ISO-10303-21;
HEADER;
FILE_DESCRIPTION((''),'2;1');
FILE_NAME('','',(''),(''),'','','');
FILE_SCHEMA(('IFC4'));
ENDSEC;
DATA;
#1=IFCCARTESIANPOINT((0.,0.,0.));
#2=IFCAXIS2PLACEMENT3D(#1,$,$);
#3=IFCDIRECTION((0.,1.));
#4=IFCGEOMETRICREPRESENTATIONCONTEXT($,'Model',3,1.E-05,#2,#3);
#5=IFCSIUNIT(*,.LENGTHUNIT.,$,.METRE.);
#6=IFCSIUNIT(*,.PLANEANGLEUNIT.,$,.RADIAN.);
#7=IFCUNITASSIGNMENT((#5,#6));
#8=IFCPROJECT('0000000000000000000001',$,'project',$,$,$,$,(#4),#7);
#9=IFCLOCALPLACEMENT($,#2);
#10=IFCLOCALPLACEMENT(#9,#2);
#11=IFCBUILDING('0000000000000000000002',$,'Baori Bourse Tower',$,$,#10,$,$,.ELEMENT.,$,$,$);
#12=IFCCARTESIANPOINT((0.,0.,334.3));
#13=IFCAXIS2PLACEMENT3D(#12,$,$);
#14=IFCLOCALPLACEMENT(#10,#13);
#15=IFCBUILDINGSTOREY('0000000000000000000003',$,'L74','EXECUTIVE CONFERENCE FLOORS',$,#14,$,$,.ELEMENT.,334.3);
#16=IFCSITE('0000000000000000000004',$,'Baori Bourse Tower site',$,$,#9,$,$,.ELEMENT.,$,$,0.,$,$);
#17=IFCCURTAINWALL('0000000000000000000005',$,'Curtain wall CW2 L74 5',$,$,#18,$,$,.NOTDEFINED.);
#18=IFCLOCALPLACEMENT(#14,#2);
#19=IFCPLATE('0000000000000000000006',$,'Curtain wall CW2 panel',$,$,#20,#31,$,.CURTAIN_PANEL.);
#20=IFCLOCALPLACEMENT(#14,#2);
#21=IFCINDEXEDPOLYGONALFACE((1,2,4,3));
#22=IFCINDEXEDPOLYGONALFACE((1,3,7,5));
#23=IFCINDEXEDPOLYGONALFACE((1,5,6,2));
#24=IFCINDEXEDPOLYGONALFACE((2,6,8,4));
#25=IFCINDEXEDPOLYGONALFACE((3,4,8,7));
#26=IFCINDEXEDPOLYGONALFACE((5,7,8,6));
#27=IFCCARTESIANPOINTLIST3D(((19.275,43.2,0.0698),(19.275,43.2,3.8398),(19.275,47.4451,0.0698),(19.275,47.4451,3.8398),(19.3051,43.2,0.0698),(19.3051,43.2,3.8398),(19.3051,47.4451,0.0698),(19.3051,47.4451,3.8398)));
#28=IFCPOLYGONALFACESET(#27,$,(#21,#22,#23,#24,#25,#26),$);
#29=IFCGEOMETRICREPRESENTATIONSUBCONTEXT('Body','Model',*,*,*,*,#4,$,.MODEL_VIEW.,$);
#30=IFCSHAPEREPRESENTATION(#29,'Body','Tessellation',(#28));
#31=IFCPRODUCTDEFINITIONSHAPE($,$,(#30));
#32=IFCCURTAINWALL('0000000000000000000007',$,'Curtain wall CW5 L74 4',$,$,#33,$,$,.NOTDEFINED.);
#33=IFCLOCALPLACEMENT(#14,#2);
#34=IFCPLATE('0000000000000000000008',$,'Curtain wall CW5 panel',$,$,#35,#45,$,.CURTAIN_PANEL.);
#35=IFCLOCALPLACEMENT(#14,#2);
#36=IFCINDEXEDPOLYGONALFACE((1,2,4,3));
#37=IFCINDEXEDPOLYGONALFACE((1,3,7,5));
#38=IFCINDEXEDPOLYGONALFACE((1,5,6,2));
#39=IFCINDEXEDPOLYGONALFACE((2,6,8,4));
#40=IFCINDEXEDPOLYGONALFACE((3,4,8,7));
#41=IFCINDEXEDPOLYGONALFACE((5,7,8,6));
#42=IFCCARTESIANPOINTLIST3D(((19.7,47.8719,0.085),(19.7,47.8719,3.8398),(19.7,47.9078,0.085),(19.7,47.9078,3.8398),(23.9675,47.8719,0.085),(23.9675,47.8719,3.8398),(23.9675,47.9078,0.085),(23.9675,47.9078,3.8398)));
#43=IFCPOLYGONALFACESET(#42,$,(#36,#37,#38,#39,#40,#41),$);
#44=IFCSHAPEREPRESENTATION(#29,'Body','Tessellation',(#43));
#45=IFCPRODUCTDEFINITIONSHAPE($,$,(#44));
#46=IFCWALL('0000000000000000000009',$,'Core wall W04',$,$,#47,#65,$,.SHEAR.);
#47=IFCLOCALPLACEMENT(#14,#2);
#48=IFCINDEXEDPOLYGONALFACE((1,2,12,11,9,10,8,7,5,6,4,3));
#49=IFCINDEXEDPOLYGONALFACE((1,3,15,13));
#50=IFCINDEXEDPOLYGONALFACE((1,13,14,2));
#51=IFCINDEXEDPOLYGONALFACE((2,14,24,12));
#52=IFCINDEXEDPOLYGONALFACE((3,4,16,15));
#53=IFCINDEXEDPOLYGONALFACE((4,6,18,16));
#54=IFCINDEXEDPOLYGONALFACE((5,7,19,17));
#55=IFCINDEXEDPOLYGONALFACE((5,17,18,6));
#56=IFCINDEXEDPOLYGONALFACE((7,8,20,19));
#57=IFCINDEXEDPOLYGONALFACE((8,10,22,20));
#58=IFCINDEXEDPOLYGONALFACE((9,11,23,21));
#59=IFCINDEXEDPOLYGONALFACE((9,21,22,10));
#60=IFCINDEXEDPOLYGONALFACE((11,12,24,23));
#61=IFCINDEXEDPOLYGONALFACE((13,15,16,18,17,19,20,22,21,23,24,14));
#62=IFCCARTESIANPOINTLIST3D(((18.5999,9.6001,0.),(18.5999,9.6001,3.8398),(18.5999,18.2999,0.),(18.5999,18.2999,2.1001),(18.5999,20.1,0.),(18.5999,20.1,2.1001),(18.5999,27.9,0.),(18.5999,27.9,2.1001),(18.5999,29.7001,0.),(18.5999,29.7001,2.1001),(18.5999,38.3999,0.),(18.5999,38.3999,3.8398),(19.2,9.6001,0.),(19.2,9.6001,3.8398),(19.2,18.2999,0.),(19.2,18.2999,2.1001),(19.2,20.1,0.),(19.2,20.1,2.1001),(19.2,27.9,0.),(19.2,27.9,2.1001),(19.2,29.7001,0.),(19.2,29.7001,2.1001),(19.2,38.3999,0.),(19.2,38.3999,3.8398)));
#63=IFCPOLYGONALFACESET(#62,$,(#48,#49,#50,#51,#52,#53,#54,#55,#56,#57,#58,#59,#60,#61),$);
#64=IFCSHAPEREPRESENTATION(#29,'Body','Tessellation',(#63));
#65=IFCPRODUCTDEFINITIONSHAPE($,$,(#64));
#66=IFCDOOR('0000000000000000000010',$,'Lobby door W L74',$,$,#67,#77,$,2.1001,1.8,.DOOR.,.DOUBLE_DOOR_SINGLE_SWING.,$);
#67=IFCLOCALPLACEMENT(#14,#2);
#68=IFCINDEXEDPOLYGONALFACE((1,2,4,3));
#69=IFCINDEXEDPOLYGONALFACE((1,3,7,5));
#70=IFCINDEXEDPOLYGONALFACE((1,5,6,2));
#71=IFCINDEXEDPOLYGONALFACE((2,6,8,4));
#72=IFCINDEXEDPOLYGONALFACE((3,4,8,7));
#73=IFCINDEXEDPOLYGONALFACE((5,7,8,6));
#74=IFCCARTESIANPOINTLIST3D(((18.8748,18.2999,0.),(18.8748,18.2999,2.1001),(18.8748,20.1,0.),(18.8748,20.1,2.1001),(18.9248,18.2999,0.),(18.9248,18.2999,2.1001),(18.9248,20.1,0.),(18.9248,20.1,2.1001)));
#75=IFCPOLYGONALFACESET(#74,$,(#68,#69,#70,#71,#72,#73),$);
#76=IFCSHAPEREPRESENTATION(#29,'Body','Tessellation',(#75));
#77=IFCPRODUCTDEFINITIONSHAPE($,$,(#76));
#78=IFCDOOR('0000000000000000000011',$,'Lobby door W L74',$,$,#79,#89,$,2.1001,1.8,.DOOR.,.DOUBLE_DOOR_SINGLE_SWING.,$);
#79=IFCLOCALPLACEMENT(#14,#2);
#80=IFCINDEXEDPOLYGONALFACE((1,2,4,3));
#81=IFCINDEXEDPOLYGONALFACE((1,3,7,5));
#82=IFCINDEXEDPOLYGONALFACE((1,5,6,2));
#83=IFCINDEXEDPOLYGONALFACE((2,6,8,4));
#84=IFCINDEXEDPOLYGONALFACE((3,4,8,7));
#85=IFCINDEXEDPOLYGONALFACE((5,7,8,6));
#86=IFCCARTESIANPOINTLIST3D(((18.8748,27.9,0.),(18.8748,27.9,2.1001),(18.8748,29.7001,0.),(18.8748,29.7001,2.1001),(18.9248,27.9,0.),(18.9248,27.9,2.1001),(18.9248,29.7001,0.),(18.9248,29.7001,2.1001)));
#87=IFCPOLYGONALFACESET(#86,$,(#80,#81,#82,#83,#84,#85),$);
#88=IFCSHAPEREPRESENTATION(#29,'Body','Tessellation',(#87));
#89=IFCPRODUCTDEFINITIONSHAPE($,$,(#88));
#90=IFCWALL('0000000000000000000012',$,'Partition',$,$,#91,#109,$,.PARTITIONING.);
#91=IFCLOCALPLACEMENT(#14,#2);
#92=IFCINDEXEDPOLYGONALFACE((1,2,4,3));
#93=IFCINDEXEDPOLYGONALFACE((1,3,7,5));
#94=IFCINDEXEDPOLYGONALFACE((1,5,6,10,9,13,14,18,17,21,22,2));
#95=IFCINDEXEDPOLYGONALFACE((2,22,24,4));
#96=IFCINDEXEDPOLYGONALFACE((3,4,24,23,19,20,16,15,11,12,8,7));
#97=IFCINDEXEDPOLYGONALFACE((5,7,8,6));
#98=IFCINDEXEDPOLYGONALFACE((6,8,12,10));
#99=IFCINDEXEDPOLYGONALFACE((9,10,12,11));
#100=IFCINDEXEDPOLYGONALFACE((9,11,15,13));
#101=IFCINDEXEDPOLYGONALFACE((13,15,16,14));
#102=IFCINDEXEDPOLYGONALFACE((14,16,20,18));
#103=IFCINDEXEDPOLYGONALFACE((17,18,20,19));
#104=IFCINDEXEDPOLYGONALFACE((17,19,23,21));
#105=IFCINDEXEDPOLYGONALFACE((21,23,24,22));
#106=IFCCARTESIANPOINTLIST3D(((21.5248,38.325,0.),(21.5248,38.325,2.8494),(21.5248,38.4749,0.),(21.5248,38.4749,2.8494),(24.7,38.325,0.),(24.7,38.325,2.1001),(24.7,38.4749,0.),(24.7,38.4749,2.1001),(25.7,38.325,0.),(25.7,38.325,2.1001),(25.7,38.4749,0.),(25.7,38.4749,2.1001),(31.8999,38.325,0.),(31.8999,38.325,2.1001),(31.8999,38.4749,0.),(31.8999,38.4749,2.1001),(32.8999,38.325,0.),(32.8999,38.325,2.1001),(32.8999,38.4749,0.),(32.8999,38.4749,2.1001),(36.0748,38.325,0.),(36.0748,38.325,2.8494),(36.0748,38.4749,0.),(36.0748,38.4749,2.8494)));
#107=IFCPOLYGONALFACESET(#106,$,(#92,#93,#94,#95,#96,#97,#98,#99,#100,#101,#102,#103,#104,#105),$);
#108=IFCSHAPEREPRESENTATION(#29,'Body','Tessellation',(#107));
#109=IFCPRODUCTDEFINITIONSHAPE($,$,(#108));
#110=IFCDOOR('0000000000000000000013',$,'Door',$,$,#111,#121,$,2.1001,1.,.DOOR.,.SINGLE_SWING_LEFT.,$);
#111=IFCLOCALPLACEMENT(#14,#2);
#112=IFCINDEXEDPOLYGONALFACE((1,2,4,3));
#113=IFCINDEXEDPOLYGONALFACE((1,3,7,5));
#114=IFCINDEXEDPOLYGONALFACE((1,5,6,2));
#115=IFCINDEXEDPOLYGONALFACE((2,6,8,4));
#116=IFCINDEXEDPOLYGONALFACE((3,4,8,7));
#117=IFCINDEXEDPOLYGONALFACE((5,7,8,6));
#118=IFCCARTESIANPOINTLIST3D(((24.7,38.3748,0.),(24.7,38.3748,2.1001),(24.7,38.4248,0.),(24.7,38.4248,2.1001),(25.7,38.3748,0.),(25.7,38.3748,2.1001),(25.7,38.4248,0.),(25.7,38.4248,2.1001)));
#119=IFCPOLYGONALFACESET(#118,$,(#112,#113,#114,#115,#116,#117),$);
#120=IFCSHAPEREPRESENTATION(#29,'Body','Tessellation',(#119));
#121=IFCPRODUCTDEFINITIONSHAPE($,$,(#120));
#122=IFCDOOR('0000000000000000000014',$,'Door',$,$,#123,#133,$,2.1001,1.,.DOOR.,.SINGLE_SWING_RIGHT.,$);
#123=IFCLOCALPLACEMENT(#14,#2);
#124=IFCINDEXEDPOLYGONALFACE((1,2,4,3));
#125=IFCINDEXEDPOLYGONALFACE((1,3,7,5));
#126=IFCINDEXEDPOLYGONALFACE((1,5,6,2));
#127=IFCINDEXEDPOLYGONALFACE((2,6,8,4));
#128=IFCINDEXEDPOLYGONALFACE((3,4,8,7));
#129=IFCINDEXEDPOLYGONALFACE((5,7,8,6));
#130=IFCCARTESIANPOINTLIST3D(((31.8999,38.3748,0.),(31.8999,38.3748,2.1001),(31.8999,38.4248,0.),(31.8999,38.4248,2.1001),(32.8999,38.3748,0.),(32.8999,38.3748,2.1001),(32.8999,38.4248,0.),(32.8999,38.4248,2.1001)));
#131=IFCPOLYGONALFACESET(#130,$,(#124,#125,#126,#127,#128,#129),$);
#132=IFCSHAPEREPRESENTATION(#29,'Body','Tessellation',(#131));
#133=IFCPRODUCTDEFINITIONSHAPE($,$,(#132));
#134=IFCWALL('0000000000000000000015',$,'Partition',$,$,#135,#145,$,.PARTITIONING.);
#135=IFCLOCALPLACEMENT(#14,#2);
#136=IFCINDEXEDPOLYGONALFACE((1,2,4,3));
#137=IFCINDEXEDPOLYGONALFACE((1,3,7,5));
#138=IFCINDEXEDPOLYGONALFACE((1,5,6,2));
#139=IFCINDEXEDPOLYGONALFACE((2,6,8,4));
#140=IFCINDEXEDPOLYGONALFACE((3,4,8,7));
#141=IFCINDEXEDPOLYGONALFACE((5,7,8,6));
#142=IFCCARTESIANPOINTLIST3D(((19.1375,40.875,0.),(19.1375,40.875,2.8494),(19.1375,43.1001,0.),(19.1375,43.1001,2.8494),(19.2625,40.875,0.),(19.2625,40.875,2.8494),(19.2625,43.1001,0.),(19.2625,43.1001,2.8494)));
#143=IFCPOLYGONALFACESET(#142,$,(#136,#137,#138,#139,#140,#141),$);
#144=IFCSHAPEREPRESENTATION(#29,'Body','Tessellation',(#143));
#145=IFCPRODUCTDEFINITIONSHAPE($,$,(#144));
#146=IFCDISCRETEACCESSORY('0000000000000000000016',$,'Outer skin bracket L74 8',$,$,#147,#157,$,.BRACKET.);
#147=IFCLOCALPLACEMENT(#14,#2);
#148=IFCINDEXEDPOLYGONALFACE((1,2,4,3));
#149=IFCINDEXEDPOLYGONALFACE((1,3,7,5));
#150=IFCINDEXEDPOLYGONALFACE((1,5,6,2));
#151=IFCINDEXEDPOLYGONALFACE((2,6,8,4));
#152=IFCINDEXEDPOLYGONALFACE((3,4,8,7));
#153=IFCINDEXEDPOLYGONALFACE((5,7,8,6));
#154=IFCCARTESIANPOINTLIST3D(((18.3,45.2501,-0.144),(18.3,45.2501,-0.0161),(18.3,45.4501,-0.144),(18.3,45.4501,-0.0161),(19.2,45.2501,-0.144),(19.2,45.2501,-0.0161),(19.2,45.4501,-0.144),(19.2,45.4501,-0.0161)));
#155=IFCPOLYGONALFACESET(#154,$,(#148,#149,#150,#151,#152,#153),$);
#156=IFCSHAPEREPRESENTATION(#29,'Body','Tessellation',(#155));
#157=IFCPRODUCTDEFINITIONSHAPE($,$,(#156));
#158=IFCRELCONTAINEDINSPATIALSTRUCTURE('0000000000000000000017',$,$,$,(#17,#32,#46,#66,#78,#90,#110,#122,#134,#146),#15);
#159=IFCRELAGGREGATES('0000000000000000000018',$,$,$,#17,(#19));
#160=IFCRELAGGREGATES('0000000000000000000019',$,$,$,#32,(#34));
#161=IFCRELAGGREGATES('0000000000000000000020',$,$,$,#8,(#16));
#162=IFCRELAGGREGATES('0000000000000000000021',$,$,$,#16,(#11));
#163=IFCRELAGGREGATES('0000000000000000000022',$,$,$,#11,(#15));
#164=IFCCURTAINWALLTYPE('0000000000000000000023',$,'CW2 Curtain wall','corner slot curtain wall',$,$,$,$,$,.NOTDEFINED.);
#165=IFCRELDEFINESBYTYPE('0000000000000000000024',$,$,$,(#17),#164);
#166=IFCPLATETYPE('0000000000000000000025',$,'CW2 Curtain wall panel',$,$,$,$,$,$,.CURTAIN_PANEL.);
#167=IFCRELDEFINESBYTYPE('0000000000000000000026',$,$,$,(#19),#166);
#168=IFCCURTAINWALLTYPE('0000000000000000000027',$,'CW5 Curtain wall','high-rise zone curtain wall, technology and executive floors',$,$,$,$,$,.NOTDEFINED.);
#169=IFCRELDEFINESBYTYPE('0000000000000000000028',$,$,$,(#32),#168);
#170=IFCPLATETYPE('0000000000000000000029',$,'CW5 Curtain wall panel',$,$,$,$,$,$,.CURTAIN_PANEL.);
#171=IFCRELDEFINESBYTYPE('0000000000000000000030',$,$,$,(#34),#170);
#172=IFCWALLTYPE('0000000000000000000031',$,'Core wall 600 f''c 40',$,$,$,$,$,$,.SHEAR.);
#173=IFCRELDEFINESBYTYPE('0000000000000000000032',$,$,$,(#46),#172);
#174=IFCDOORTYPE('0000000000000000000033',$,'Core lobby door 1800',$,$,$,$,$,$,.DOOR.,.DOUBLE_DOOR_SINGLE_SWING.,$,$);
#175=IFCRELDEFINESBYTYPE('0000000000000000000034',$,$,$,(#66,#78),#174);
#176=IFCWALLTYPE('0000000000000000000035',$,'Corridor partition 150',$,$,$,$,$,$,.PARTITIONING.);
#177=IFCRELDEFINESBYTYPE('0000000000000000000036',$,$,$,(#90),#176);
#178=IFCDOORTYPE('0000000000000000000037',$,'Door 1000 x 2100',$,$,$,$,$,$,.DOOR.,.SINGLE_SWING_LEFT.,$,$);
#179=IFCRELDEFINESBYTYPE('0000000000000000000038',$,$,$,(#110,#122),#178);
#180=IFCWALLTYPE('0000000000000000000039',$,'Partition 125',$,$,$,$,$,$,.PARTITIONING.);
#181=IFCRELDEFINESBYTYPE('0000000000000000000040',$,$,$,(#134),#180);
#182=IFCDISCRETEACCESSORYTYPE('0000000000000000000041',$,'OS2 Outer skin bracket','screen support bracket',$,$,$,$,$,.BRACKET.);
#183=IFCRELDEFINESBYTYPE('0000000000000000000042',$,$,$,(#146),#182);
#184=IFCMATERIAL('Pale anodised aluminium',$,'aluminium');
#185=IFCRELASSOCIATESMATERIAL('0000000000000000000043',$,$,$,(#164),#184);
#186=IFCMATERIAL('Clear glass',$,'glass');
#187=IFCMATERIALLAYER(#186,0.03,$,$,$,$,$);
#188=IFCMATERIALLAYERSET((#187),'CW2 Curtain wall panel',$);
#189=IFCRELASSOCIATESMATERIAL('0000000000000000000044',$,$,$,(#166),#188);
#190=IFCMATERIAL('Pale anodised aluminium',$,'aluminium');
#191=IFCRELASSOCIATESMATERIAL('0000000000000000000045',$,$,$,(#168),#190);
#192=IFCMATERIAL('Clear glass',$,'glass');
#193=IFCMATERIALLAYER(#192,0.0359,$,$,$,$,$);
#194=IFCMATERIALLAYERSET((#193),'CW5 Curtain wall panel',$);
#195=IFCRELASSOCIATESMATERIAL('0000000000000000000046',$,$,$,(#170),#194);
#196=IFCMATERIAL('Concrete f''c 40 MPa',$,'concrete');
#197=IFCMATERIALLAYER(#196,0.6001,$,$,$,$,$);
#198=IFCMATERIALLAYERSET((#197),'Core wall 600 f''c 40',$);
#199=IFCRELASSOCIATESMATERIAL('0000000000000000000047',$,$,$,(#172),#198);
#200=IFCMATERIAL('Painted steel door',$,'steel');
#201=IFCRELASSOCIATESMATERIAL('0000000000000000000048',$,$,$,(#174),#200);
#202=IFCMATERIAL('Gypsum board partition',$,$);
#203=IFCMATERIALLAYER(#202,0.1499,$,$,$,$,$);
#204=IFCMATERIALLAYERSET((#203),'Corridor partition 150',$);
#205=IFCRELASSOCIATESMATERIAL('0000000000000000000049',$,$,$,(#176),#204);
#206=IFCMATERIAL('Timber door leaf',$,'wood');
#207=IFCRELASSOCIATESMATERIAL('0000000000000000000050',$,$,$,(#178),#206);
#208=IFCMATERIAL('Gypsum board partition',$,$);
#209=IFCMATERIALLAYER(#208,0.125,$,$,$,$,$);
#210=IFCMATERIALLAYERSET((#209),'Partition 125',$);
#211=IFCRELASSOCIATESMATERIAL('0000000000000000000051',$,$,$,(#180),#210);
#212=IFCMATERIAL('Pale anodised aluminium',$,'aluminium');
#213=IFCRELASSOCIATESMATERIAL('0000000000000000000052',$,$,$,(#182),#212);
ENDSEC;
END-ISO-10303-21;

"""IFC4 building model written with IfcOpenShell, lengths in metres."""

from ifc_helpers import new_model, si_unit, direction, frame, frame_2d, origin, origin_2d, place, context, subcontext, project, spatial, rectangle, extrude, material, layer, layer_set, type_object, element, fill, aggregate, save


model = new_model("IFC4")

# Units and contexts
model_context = context("Model", 3, precision=1e-05, world=origin(), true_north=direction((0.0, 1.0)))
body_context = subcontext(model_context, "Body", "Model", "MODEL_VIEW")
ifc_project = project(units=[si_unit("LENGTHUNIT", "METRE"), si_unit("PLANEANGLEUNIT", "RADIAN")], contexts=[model_context])

# Site, building, storey
site_placement = place(None, origin())
site = spatial("IfcSite", under=ifc_project, at=site_placement, Name="Baori Bourse Tower site", CompositionType="ELEMENT", RefElevation=0.0)
building_placement = place(site_placement, origin())
building = spatial("IfcBuilding", under=site, at=building_placement, Name="Baori Bourse Tower", CompositionType="ELEMENT")
storey_placement = place(building_placement, frame((0.0, 0.0, 334.3)))
storey = spatial("IfcBuildingStorey", under=building, at=storey_placement, Name="L74", Description="EXECUTIVE CONFERENCE FLOORS", CompositionType="ELEMENT", Elevation=334.3)

# Curtain wall
ifc_material_1 = material(Name="Pale anodised aluminium", Category="aluminium")
curtain_wall_type_1 = type_object("IfcCurtainWallType", Name="CW2 Curtain wall", Description="corner slot curtain wall", PredefinedType="NOTDEFINED", material=ifc_material_1)
curtain_wall_1_placement = place(storey_placement, origin())
curtain_wall_1 = element("IfcCurtainWall", 1, at=curtain_wall_1_placement, inside=storey, type_object=curtain_wall_type_1, Name="Curtain wall CW2 L74 5", PredefinedType="NOTDEFINED")

# Plate
ifc_material_2 = material(Name="Clear glass", Category="glass")
ifc_layer_1 = layer(ifc_material_2, 0.03)
ifc_layer_set_1 = layer_set([ifc_layer_1], Name="CW2 Curtain wall panel")
plate_type_1 = type_object("IfcPlateType", Name="CW2 Curtain wall panel", PredefinedType="CURTAIN_PANEL", material=ifc_layer_set_1)
plate_1_placement = place(storey_placement, frame((19.29, 45.3225, 0.0698), z_axis=(0.0, 0.0, 1.0), x_axis=(0.0, -1.0, 0.0)))
plate_1 = element("IfcPlate", 2, at=plate_1_placement, type_object=plate_type_1, Name="Curtain wall CW2 panel", PredefinedType="CURTAIN_PANEL", context=body_context, shape_type="SweptSolid", body=[
    extrude(rectangle(XDim=4.2451, YDim=0.03, at=origin_2d()), origin(), (0.0, 0.0, 1.0), 3.77),
])
aggregate(curtain_wall_1, [plate_1])

# Curtain wall, plate
ifc_material_3 = material(Name="Pale anodised aluminium", Category="aluminium")
curtain_wall_type_2 = type_object("IfcCurtainWallType", Name="CW5 Curtain wall", Description="high-rise zone curtain wall, technology and executive floors", PredefinedType="NOTDEFINED", material=ifc_material_3)
curtain_wall_2_placement = place(storey_placement, origin())
curtain_wall_2 = element("IfcCurtainWall", 3, at=curtain_wall_2_placement, inside=storey, type_object=curtain_wall_type_2, Name="Curtain wall CW5 L74 4", PredefinedType="NOTDEFINED")
ifc_material_4 = material(Name="Clear glass", Category="glass")
ifc_layer_2 = layer(ifc_material_4, 0.0359)
ifc_layer_set_2 = layer_set([ifc_layer_2], Name="CW5 Curtain wall panel")
plate_type_2 = type_object("IfcPlateType", Name="CW5 Curtain wall panel", PredefinedType="CURTAIN_PANEL", material=ifc_layer_set_2)
plate_2_placement = place(storey_placement, frame((21.8337, 47.8899, 0.085), z_axis=(0.0, 0.0, 1.0), x_axis=(-1.0, 0.0, 0.0)))
plate_2 = element("IfcPlate", 4, at=plate_2_placement, type_object=plate_type_2, Name="Curtain wall CW5 panel", PredefinedType="CURTAIN_PANEL", context=body_context, shape_type="SweptSolid", body=[
    extrude(rectangle(XDim=4.2676, YDim=0.0359, at=origin_2d()), origin(), (0.0, 0.0, 1.0), 3.7549),
])
aggregate(curtain_wall_2, [plate_2])

# Walls, openings, doors
ifc_material_5 = material(Name="Concrete f'c 40 MPa", Category="concrete")
ifc_layer_3 = layer(ifc_material_5, 0.6001)
ifc_layer_set_3 = layer_set([ifc_layer_3], Name="Core wall 600 f'c 40")
wall_type_1 = type_object("IfcWallType", Name="Core wall 600 f'c 40", PredefinedType="SHEAR", material=ifc_layer_set_3)
wall_1_placement = place(storey_placement, frame((18.8999, 38.3999, 0.0), z_axis=(0.0, 0.0, 1.0), x_axis=(0.0, -1.0, 0.0)))
wall_1 = element("IfcWall", 5, at=wall_1_placement, inside=storey, type_object=wall_type_1, Name="Core wall W04", PredefinedType="SHEAR", context=body_context, shape_type="SweptSolid", body=[
    extrude(rectangle(XDim=28.7998, YDim=0.6001, at=frame_2d((14.3999, 0.0))), origin(), (0.0, 0.0, 1.0), 3.8398),
])
opening_1_placement = place(wall_1_placement, frame((18.3, 0.0, 0.0)))
opening_1 = element("IfcOpeningElement", 6, at=opening_1_placement, cuts=wall_1, PredefinedType="OPENING", context=body_context, shape_type="SweptSolid", body=[
    extrude(rectangle(XDim=1.8, YDim=2.1001, at=frame_2d((0.8999, 1.05))), frame((0.0, 0.3101, 0.0), z_axis=(0.0, -1.0, 0.0), x_axis=(1.0, 0.0, 0.0)), (0.0, 0.0, 1.0), 0.6201),
])
opening_2_placement = place(wall_1_placement, frame((8.7, 0.0, 0.0)))
opening_2 = element("IfcOpeningElement", 7, at=opening_2_placement, cuts=wall_1, PredefinedType="OPENING", context=body_context, shape_type="SweptSolid", body=[
    extrude(rectangle(XDim=1.8, YDim=2.1001, at=frame_2d((0.8999, 1.05))), frame((0.0, 0.3101, 0.0), z_axis=(0.0, -1.0, 0.0), x_axis=(1.0, 0.0, 0.0)), (0.0, 0.0, 1.0), 0.6201),
])
ifc_material_6 = material(Name="Painted steel door", Category="steel")
door_type_1 = type_object("IfcDoorType", Name="Core lobby door 1800", OperationType="DOUBLE_DOOR_SINGLE_SWING", PredefinedType="DOOR", material=ifc_material_6)
door_1_placement = place(opening_1_placement, origin())
door_1 = element("IfcDoor", 8, at=door_1_placement, inside=storey, type_object=door_type_1, Name="Lobby door W L74", OperationType="DOUBLE_DOOR_SINGLE_SWING", OverallHeight=2.1001, OverallWidth=1.8, PredefinedType="DOOR", context=body_context, shape_type="SweptSolid", body=[
    extrude(rectangle(XDim=1.8, YDim=2.1001, at=frame_2d((0.8999, 1.05))), frame((0.0, 0.0249, 0.0), z_axis=(0.0, -1.0, 0.0), x_axis=(1.0, 0.0, 0.0)), (0.0, 0.0, 1.0), 0.05),
])
fill(opening_1, door_1)
door_2_placement = place(opening_2_placement, origin())
door_2 = element("IfcDoor", 9, at=door_2_placement, inside=storey, type_object=door_type_1, Name="Lobby door W L74", OperationType="DOUBLE_DOOR_SINGLE_SWING", OverallHeight=2.1001, OverallWidth=1.8, PredefinedType="DOOR", context=body_context, shape_type="SweptSolid", body=[
    extrude(rectangle(XDim=1.8, YDim=2.1001, at=frame_2d((0.8999, 1.05))), frame((0.0, 0.0249, 0.0), z_axis=(0.0, -1.0, 0.0), x_axis=(1.0, 0.0, 0.0)), (0.0, 0.0, 1.0), 0.05),
])
fill(opening_2, door_2)
ifc_material_7 = material(Name="Gypsum board partition")
ifc_layer_4 = layer(ifc_material_7, 0.1499)
ifc_layer_set_4 = layer_set([ifc_layer_4], Name="Corridor partition 150")
wall_type_2 = type_object("IfcWallType", Name="Corridor partition 150", PredefinedType="PARTITIONING", material=ifc_layer_set_4)
wall_2_placement = place(storey_placement, frame((21.5249, 38.3999, 0.0), z_axis=(0.0, 0.0, 1.0), x_axis=(1.0, 0.0, 0.0)))
wall_2 = element("IfcWall", 10, at=wall_2_placement, inside=storey, type_object=wall_type_2, Name="Partition", PredefinedType="PARTITIONING", context=body_context, shape_type="SweptSolid", body=[
    extrude(rectangle(XDim=14.55, YDim=0.1499, at=frame_2d((7.2749, 0.0))), origin(), (0.0, 0.0, 1.0), 2.8494),
])
opening_3_placement = place(wall_2_placement, frame((3.175, 0.0, 0.0)))
opening_3 = element("IfcOpeningElement", 11, at=opening_3_placement, cuts=wall_2, PredefinedType="OPENING", context=body_context, shape_type="SweptSolid", body=[
    extrude(rectangle(XDim=1.0, YDim=2.1001, at=frame_2d((0.5, 1.05))), frame((0.0, 0.085, 0.0), z_axis=(0.0, -1.0, 0.0), x_axis=(1.0, 0.0, 0.0)), (0.0, 0.0, 1.0), 0.1699),
])
opening_4_placement = place(wall_2_placement, frame((10.375, 0.0, 0.0)))
opening_4 = element("IfcOpeningElement", 12, at=opening_4_placement, cuts=wall_2, PredefinedType="OPENING", context=body_context, shape_type="SweptSolid", body=[
    extrude(rectangle(XDim=1.0, YDim=2.1001, at=frame_2d((0.5, 1.05))), frame((0.0, 0.085, 0.0), z_axis=(0.0, -1.0, 0.0), x_axis=(1.0, 0.0, 0.0)), (0.0, 0.0, 1.0), 0.1699),
])
ifc_material_8 = material(Name="Timber door leaf", Category="wood")
door_type_2 = type_object("IfcDoorType", Name="Door 1000 x 2100", OperationType="SINGLE_SWING_LEFT", PredefinedType="DOOR", material=ifc_material_8)
door_3_placement = place(opening_3_placement, origin())
door_3 = element("IfcDoor", 13, at=door_3_placement, inside=storey, type_object=door_type_2, Name="Door", OperationType="SINGLE_SWING_LEFT", OverallHeight=2.1001, OverallWidth=1.0, PredefinedType="DOOR", context=body_context, shape_type="SweptSolid", body=[
    extrude(rectangle(XDim=1.0, YDim=2.1001, at=frame_2d((0.5, 1.05))), frame((0.0, 0.0249, 0.0), z_axis=(0.0, -1.0, 0.0), x_axis=(1.0, 0.0, 0.0)), (0.0, 0.0, 1.0), 0.05),
])
fill(opening_3, door_3)
door_4_placement = place(opening_4_placement, origin())
door_4 = element("IfcDoor", 14, at=door_4_placement, inside=storey, type_object=door_type_2, Name="Door", OperationType="SINGLE_SWING_RIGHT", OverallHeight=2.1001, OverallWidth=1.0, PredefinedType="DOOR", context=body_context, shape_type="SweptSolid", body=[
    extrude(rectangle(XDim=1.0, YDim=2.1001, at=frame_2d((0.5, 1.05))), frame((0.0, 0.0249, 0.0), z_axis=(0.0, -1.0, 0.0), x_axis=(1.0, 0.0, 0.0)), (0.0, 0.0, 1.0), 0.05),
])
fill(opening_4, door_4)

# Wall
ifc_material_9 = material(Name="Gypsum board partition")
ifc_layer_5 = layer(ifc_material_9, 0.125)
ifc_layer_set_5 = layer_set([ifc_layer_5], Name="Partition 125")
wall_type_3 = type_object("IfcWallType", Name="Partition 125", PredefinedType="PARTITIONING", material=ifc_layer_set_5)
wall_3_placement = place(storey_placement, frame((19.2, 40.875, 0.0), z_axis=(0.0, 0.0, 1.0), x_axis=(0.0, 1.0, 0.0)))
element("IfcWall", 15, at=wall_3_placement, inside=storey, type_object=wall_type_3, Name="Partition", PredefinedType="PARTITIONING", context=body_context, shape_type="SweptSolid", body=[
    extrude(rectangle(XDim=2.2251, YDim=0.125, at=frame_2d((1.1125, 0.0))), origin(), (0.0, 0.0, 1.0), 2.8494),
])

# Discrete accessory
ifc_material_10 = material(Name="Pale anodised aluminium", Category="aluminium")
discrete_accessory_type = type_object("IfcDiscreteAccessoryType", Name="OS2 Outer skin bracket", Description="screen support bracket", PredefinedType="BRACKET", material=ifc_material_10)
discrete_accessory_placement = place(storey_placement, frame((18.75, 45.3501, -0.144), z_axis=(0.0, 0.0, 1.0), x_axis=(0.0, -1.0, 0.0)))
element("IfcDiscreteAccessory", 16, at=discrete_accessory_placement, inside=storey, type_object=discrete_accessory_type, Name="Outer skin bracket L74 8", PredefinedType="BRACKET", context=body_context, shape_type="SweptSolid", body=[
    extrude(rectangle(XDim=0.2, YDim=0.8999, at=origin_2d()), origin(), (0.0, 0.0, 1.0), 0.1279),
])

save(model, "model.ifc")
